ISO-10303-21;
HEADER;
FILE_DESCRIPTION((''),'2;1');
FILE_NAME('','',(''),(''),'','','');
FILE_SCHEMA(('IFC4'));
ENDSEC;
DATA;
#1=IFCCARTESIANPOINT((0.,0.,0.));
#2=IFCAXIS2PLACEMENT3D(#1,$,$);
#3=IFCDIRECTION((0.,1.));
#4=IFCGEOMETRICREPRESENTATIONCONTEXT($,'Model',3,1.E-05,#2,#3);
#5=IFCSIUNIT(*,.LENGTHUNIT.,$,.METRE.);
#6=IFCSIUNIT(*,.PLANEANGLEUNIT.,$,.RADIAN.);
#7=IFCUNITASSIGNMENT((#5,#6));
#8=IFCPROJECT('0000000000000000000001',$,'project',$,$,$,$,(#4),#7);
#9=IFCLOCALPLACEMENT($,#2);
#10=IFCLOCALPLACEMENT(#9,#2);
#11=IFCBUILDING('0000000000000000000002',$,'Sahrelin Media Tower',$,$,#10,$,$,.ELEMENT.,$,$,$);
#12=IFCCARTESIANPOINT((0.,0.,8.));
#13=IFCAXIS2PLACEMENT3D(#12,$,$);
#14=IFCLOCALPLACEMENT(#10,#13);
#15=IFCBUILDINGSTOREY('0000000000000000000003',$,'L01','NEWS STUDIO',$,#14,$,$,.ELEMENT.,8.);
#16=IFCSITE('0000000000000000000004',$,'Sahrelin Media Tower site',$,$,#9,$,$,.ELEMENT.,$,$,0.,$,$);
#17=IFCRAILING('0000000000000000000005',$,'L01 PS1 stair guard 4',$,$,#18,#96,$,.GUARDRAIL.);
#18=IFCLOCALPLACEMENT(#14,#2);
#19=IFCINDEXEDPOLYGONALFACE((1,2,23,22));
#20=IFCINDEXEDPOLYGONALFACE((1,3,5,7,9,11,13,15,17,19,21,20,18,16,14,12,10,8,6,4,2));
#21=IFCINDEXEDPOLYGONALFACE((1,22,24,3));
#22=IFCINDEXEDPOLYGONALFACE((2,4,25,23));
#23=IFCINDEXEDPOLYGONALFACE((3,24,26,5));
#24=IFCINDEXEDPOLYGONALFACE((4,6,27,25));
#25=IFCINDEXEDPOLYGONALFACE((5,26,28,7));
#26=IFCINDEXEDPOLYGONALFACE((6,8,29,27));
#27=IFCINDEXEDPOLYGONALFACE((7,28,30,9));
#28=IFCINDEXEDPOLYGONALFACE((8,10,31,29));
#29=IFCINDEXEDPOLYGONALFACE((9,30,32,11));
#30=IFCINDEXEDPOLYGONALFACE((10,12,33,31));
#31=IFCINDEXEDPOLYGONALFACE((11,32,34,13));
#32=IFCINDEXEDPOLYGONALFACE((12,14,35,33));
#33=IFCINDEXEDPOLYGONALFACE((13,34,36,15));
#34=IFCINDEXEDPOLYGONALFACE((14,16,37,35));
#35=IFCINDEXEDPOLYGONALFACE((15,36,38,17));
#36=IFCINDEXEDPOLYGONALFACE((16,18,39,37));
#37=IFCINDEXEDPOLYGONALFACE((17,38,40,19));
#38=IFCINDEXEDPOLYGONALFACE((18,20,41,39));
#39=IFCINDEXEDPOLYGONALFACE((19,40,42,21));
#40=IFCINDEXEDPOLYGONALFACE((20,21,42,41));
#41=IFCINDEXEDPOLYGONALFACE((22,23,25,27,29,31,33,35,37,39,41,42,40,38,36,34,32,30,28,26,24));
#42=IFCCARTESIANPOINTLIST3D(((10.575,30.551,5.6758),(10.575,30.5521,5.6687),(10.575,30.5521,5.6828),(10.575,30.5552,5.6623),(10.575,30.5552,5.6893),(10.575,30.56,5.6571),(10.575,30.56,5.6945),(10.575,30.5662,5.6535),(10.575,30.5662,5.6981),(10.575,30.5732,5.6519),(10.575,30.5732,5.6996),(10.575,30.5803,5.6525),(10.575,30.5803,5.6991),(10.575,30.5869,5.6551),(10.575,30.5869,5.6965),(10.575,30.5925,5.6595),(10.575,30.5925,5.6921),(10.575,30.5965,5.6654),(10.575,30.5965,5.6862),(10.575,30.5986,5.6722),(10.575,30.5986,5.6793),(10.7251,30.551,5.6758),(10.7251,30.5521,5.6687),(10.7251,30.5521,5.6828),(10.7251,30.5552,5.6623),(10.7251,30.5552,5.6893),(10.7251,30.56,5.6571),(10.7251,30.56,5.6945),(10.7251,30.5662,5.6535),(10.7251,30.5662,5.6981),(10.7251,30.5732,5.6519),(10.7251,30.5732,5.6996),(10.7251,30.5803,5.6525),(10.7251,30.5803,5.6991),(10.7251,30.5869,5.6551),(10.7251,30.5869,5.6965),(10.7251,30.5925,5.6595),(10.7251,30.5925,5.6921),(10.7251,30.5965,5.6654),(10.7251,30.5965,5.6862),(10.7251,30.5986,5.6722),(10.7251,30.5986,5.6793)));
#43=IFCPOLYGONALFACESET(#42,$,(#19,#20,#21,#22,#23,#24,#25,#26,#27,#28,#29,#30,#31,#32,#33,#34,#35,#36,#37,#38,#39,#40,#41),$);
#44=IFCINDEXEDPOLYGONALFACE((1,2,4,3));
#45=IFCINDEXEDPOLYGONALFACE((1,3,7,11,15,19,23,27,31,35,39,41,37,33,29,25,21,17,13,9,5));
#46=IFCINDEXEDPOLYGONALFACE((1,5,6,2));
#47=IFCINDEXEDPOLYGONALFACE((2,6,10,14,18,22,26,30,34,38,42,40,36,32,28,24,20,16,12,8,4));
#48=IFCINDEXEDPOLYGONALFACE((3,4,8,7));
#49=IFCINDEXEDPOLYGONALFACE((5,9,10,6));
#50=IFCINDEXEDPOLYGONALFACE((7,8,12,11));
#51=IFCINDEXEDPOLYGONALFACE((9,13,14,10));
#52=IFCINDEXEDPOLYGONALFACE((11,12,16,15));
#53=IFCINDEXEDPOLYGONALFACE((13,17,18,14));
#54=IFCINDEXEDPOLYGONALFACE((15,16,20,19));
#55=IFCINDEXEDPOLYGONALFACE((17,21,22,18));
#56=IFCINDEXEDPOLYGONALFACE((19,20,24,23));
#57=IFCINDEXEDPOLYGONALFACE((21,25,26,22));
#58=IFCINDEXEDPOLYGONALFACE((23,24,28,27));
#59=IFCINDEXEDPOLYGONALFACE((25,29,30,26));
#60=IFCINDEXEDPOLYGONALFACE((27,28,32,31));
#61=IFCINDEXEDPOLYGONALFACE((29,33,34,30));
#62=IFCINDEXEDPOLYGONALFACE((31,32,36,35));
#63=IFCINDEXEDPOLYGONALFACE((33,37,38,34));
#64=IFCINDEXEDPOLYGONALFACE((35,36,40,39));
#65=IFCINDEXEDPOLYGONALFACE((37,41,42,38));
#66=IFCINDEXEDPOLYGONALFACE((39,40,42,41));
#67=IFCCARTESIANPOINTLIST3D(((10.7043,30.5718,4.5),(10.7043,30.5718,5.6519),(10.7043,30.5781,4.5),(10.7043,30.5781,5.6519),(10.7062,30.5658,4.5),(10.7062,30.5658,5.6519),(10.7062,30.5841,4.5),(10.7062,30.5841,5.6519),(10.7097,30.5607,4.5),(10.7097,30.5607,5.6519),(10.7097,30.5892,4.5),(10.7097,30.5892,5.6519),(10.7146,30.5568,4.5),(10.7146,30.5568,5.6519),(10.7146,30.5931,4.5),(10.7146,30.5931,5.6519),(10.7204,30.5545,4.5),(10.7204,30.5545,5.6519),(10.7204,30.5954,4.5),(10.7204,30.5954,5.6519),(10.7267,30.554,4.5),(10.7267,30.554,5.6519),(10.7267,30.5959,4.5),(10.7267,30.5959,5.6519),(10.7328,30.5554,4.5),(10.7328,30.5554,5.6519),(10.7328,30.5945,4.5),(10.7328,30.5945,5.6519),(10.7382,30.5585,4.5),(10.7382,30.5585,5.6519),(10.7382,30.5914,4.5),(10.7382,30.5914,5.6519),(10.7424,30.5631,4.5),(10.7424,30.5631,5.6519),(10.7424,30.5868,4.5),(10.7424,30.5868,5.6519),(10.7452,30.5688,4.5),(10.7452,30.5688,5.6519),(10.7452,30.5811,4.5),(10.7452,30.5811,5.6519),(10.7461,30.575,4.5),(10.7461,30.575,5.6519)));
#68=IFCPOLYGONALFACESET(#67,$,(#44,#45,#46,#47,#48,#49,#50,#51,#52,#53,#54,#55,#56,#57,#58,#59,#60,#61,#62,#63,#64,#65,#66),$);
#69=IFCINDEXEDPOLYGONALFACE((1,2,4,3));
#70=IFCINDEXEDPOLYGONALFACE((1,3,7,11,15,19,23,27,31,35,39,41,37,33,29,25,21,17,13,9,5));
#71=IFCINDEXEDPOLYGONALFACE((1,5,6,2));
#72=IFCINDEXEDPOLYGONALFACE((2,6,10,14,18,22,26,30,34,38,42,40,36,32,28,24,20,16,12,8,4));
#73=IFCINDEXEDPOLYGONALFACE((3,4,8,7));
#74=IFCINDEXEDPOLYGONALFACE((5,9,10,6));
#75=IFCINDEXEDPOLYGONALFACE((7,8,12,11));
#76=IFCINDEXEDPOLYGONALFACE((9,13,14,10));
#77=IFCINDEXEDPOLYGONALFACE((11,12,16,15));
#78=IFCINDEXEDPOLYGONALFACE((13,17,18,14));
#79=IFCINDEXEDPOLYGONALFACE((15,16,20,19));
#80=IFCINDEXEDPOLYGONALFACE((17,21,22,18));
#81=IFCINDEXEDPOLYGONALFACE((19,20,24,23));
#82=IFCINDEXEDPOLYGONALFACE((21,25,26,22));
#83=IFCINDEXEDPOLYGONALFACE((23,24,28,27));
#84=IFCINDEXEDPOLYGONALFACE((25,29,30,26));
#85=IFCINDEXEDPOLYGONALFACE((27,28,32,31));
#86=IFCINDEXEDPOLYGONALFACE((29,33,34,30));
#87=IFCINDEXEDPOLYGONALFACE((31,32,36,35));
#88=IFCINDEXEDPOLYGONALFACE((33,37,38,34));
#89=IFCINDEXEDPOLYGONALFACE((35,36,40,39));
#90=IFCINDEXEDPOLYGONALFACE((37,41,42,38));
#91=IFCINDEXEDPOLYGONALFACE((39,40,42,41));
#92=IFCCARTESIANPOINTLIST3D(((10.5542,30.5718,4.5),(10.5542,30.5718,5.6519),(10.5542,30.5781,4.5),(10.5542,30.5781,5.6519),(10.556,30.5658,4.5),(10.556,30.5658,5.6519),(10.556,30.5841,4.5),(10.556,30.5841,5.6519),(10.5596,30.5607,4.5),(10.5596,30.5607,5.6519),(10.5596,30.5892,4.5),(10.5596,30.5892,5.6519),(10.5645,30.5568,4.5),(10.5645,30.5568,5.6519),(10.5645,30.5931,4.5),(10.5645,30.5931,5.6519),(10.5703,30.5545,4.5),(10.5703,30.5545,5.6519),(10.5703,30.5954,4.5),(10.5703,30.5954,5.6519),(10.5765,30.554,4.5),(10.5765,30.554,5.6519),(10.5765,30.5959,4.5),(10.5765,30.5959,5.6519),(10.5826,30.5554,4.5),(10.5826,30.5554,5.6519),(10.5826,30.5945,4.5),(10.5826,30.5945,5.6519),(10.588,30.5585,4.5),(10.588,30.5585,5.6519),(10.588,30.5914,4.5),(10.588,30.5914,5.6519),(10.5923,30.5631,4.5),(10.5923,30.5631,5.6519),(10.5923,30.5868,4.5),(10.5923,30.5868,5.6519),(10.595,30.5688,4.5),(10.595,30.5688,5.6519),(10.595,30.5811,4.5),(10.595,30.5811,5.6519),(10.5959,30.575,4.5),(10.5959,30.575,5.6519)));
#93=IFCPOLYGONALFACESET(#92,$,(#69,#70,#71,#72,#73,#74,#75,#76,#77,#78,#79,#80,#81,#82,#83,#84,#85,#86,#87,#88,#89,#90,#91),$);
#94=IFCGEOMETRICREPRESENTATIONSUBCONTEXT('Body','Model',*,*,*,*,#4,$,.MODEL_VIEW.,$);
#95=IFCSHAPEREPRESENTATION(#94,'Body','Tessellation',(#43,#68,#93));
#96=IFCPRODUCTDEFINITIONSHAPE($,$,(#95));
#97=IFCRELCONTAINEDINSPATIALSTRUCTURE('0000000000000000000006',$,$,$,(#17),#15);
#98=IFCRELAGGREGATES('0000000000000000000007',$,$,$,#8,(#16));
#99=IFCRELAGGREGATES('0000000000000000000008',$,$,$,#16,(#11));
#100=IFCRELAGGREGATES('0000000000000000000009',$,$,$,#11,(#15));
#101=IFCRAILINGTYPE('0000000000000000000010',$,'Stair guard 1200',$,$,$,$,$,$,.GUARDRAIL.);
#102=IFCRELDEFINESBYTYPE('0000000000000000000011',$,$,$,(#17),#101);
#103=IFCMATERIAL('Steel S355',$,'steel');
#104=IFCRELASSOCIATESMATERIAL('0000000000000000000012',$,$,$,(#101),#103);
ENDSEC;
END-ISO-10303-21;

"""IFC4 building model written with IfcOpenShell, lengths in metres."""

from ifc_helpers import new_model, si_unit, direction, frame, origin, origin_2d, place, context, subcontext, project, spatial, circle, extrude, material, type_object, element, save


model = new_model("IFC4")

# Units and contexts
model_context = context("Model", 3, precision=1e-05, world=origin(), true_north=direction((0.0, 1.0)))
body_context = subcontext(model_context, "Body", "Model", "MODEL_VIEW")
ifc_project = project(units=[si_unit("LENGTHUNIT", "METRE"), si_unit("PLANEANGLEUNIT", "RADIAN")], contexts=[model_context])

# Site, building, storey
site_placement = place(None, origin())
site = spatial("IfcSite", under=ifc_project, at=site_placement, Name="Sahrelin Media Tower site", CompositionType="ELEMENT", RefElevation=0.0)
building_placement = place(site_placement, origin())
building = spatial("IfcBuilding", under=site, at=building_placement, Name="Sahrelin Media Tower", CompositionType="ELEMENT")
storey_placement = place(building_placement, frame((0.0, 0.0, 8.0)))
storey = spatial("IfcBuildingStorey", under=building, at=storey_placement, Name="L01", Description="NEWS STUDIO", CompositionType="ELEMENT", Elevation=8.0)

# Shared definitions
ifc_material_1 = material(Name="Steel S355", Category="steel")

# Railing
railing_type_1 = type_object("IfcRailingType", Name="Stair guard 1200", PredefinedType="GUARDRAIL", material=ifc_material_1)
railing_1_placement = place(storey_placement, frame((10.7251, 30.575, 4.5)))
element("IfcRailing", 1, at=railing_1_placement, inside=storey, type_object=railing_type_1, Name="L01 PS1 stair guard 4", PredefinedType="GUARDRAIL", context=body_context, shape_type="SweptSolid", body=[
    extrude(circle(Radius=0.0239, at=origin_2d()), frame((0.0, 0.0, 1.1758), z_axis=(-1.0, 0.0, 0.0), x_axis=(0.0, -1.0, 0.0)), (0.0, 0.0, 1.0), 0.1501),
    extrude(circle(Radius=0.021, at=origin_2d()), origin(), (0.0, 0.0, 1.0), 1.1519),
    extrude(circle(Radius=0.021, at=origin_2d()), frame((-0.1501, 0.0, 0.0)), (0.0, 0.0, 1.0), 1.1519),
])

save(model, "model.ifc")
